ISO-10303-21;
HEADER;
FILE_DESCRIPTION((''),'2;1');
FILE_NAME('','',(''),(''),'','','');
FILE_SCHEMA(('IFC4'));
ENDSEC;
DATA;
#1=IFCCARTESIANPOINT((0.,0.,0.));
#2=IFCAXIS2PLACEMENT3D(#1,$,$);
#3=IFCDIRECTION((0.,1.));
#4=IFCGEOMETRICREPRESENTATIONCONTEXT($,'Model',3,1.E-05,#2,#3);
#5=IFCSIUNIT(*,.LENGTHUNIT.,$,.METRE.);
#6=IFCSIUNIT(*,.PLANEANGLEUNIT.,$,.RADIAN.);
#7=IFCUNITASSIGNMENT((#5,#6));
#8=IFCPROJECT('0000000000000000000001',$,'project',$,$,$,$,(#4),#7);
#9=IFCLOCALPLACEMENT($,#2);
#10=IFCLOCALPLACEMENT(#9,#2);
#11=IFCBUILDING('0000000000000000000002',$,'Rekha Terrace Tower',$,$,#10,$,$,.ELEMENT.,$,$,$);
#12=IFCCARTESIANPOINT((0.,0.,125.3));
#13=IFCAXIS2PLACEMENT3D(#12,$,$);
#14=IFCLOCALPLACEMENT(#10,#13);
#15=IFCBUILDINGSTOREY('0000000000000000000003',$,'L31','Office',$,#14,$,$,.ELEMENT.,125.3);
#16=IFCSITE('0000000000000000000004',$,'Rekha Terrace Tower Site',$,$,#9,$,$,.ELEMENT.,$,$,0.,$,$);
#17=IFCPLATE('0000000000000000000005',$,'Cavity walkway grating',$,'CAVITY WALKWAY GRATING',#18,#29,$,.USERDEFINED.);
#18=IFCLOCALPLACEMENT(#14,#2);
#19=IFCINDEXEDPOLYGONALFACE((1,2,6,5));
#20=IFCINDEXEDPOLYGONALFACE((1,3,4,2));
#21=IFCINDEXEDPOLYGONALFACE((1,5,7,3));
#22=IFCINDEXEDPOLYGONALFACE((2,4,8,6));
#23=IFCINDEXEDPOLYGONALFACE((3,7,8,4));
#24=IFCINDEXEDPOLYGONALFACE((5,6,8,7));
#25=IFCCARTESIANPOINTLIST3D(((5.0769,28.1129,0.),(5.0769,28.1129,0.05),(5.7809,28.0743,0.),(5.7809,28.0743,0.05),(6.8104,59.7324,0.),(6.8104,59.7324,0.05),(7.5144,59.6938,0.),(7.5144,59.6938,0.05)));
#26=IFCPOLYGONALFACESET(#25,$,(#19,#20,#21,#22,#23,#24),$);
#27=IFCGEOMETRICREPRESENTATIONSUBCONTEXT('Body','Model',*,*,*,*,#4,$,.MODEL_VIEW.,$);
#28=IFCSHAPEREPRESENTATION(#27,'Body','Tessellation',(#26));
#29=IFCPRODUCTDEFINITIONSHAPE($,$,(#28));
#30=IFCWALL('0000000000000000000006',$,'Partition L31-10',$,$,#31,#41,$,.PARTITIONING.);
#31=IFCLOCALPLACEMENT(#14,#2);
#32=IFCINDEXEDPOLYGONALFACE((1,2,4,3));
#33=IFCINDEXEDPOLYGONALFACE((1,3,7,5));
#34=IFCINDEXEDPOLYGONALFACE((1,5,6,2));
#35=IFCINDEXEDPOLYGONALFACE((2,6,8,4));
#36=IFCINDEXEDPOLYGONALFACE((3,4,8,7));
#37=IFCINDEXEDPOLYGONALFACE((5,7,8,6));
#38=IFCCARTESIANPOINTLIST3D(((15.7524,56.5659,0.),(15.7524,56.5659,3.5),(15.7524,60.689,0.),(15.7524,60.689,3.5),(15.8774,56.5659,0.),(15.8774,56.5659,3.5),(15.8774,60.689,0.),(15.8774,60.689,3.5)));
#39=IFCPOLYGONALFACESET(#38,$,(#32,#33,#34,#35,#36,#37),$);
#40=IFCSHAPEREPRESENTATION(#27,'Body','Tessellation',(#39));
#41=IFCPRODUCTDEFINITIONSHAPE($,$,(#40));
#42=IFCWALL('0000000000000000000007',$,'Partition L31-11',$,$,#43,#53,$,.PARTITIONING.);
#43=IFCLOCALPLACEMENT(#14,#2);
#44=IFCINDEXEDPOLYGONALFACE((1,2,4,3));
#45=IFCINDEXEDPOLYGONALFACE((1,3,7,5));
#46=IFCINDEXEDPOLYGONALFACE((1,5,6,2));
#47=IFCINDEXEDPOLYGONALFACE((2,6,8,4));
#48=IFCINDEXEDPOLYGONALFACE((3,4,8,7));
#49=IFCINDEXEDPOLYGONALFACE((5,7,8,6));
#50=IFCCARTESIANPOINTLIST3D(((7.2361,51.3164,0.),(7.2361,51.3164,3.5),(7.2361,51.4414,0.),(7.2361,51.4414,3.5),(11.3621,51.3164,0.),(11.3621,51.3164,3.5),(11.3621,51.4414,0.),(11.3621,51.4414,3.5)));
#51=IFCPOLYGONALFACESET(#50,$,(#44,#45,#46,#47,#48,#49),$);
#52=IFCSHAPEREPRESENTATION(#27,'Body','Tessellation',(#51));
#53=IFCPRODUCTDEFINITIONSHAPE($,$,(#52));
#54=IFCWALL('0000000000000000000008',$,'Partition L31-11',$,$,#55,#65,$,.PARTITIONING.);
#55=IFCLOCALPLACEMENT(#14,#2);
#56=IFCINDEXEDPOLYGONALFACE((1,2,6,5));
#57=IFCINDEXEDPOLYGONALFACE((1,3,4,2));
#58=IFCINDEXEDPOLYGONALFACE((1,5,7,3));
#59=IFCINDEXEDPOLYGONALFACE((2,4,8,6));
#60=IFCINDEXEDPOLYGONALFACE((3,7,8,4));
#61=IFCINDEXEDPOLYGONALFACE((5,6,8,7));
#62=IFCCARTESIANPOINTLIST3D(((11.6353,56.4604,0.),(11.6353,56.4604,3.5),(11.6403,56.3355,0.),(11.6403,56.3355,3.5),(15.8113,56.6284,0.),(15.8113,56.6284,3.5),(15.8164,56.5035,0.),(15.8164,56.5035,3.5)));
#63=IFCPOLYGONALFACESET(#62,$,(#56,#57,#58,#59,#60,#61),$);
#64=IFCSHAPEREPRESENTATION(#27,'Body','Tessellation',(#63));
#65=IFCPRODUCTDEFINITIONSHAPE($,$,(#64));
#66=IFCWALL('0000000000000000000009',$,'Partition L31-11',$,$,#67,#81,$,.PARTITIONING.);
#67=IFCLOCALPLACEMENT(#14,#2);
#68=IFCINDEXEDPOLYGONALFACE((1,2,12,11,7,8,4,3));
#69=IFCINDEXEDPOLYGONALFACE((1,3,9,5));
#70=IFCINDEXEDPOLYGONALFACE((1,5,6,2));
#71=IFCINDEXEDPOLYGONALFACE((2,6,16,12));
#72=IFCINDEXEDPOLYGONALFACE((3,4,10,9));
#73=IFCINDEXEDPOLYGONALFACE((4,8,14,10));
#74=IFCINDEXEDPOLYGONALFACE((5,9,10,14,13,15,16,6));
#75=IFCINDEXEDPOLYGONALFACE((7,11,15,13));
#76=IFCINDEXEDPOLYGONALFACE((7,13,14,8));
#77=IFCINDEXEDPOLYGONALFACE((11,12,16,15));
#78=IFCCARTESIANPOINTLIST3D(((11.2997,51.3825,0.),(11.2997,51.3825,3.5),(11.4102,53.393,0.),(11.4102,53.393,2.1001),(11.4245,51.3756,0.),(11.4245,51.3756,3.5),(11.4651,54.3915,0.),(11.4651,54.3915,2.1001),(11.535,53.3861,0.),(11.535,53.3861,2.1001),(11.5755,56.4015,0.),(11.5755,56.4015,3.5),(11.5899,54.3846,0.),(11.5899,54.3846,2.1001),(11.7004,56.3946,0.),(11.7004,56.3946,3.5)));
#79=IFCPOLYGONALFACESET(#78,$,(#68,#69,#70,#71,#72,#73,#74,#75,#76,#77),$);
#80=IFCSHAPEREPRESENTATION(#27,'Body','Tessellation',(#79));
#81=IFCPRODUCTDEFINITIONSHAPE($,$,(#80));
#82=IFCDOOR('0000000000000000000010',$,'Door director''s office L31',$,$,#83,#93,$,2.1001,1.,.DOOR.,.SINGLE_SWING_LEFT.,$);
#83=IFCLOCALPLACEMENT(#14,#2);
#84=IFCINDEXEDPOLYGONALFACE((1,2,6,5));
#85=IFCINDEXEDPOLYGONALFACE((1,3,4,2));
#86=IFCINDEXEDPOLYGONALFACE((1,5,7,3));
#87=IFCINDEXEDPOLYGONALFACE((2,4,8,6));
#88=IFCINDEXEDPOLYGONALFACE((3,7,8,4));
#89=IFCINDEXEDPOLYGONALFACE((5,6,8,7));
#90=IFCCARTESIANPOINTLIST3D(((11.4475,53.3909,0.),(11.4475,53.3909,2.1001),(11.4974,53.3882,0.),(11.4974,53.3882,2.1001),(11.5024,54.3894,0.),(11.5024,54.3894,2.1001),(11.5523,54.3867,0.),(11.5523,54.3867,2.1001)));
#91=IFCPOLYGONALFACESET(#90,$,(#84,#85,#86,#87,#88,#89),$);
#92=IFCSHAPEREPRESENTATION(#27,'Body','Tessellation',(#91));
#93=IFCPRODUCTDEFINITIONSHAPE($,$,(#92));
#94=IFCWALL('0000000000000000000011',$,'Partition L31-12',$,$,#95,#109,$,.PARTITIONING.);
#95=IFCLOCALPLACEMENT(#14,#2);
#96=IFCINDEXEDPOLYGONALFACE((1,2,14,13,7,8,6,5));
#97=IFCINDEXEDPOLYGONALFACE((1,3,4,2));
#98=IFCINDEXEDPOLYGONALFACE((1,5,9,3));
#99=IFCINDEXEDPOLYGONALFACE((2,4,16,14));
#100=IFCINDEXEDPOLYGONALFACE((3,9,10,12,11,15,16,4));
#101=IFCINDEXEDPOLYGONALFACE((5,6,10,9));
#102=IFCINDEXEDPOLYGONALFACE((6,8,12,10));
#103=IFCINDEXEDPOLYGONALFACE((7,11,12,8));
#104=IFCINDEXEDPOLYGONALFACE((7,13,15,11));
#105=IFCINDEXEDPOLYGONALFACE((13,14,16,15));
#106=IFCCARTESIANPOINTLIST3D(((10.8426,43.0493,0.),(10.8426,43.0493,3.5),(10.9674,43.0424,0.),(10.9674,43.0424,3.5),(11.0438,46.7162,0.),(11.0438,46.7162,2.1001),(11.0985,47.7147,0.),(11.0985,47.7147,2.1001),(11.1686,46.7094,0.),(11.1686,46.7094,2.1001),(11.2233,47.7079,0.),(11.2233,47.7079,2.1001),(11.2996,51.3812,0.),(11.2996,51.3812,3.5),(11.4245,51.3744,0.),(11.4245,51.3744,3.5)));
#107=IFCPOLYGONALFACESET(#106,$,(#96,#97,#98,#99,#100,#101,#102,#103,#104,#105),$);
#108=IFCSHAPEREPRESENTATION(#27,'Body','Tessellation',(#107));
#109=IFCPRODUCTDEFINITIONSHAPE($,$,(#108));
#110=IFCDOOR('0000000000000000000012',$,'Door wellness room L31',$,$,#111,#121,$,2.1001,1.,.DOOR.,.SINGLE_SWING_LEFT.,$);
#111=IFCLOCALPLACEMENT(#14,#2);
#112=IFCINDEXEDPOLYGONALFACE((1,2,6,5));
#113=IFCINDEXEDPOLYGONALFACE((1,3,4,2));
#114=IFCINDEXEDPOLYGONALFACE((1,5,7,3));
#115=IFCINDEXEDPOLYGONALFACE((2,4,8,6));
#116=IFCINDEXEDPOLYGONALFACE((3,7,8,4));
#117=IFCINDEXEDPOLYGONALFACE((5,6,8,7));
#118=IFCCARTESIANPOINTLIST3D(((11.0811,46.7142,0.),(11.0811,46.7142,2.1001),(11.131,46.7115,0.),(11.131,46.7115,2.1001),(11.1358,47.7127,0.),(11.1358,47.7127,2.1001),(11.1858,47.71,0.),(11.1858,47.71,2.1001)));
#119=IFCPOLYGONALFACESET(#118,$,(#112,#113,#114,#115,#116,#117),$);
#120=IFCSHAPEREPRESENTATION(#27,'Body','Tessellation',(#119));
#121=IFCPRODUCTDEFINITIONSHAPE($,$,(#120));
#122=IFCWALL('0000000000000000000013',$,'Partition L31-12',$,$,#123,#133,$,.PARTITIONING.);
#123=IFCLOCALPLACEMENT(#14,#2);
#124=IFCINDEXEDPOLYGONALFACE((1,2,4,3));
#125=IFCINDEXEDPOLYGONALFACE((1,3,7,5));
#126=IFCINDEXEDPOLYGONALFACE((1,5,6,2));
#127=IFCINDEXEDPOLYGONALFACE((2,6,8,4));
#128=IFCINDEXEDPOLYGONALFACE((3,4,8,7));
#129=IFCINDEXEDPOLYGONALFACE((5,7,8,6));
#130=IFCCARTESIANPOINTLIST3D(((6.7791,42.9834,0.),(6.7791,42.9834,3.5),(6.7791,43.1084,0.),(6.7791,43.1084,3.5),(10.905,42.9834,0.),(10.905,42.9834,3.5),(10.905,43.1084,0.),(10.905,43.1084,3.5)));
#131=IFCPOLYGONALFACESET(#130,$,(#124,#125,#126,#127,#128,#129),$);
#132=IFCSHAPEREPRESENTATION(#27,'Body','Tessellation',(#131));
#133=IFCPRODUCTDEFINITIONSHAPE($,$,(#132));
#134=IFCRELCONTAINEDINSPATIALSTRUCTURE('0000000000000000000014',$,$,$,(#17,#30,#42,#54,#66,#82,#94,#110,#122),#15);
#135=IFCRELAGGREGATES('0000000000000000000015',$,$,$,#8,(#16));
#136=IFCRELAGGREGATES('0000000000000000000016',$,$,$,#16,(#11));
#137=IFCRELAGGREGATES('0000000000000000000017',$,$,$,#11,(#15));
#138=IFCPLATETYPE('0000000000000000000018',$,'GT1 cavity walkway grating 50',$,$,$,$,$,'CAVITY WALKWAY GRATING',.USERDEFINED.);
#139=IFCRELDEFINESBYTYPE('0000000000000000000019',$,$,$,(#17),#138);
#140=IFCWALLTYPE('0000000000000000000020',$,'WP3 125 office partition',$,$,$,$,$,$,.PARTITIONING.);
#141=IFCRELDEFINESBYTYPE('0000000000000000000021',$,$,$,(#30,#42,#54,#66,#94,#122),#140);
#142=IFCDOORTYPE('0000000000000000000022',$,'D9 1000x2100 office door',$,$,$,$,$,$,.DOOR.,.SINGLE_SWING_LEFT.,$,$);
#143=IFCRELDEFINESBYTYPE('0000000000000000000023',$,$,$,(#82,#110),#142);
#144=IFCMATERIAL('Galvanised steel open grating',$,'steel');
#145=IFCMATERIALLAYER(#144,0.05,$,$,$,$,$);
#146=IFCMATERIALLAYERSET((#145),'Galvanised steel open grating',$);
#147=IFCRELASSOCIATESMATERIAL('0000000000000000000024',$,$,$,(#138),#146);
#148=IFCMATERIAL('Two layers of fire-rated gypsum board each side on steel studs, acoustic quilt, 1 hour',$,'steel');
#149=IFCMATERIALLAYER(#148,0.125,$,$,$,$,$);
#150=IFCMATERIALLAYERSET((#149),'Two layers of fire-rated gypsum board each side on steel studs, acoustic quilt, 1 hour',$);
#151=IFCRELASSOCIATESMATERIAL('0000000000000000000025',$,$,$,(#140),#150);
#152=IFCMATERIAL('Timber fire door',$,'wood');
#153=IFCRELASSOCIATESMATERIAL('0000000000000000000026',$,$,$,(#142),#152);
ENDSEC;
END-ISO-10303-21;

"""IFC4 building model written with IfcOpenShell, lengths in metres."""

from ifc_helpers import new_model, si_unit, direction, frame, frame_2d, origin, origin_2d, place, context, subcontext, project, spatial, rectangle, extrude, material, layer, layer_set, type_object, element, fill, save


model = new_model("IFC4")

# Units and contexts
model_context = context("Model", 3, precision=1e-05, world=origin(), true_north=direction((0.0, 1.0)))
body_context = subcontext(model_context, "Body", "Model", "MODEL_VIEW")
ifc_project = project(units=[si_unit("LENGTHUNIT", "METRE"), si_unit("PLANEANGLEUNIT", "RADIAN")], contexts=[model_context])

# Site, building, storey
site_placement = place(None, origin())
site = spatial("IfcSite", under=ifc_project, at=site_placement, Name="Rekha Terrace Tower Site", CompositionType="ELEMENT", RefElevation=0.0)
building_placement = place(site_placement, origin())
building = spatial("IfcBuilding", under=site, at=building_placement, Name="Rekha Terrace Tower", CompositionType="ELEMENT")
storey_placement = place(building_placement, frame((0.0, 0.0, 125.3)))
storey = spatial("IfcBuildingStorey", under=building, at=storey_placement, Name="L31", Description="Office", CompositionType="ELEMENT", Elevation=125.3)

# Plate
ifc_material_1 = material(Name="Galvanised steel open grating", Category="steel")
ifc_layer_1 = layer(ifc_material_1, 0.05)
ifc_layer_set_1 = layer_set([ifc_layer_1], Name="Galvanised steel open grating")
plate_type_1 = type_object("IfcPlateType", Name="GT1 cavity walkway grating 50", ElementType="CAVITY WALKWAY GRATING", PredefinedType="USERDEFINED", material=ifc_layer_set_1)
plate_1_placement = place(storey_placement, frame((6.2957, 43.9033, 0.0), z_axis=(0.0, 0.0, 1.0), x_axis=(-0.054742, -0.998501, 0.0)))
element("IfcPlate", 1, at=plate_1_placement, inside=storey, type_object=plate_type_1, Name="Cavity walkway grating", ObjectType="CAVITY WALKWAY GRATING", PredefinedType="USERDEFINED", context=body_context, shape_type="SweptSolid", body=[
    extrude(rectangle(XDim=31.667, YDim=0.7051, at=origin_2d()), origin(), (0.0, 0.0, 1.0), 0.05),
])

# Walls
ifc_material_2 = material(Name="Two layers of fire-rated gypsum board each side on steel studs, acoustic quilt, 1 hour", Category="steel")
ifc_layer_2 = layer(ifc_material_2, 0.125)
ifc_layer_set_2 = layer_set([ifc_layer_2], Name="Two layers of fire-rated gypsum board each side on steel studs, acoustic quilt, 1 hour")
wall_type = type_object("IfcWallType", Name="WP3 125 office partition", PredefinedType="PARTITIONING", material=ifc_layer_set_2)
wall_1_placement = place(storey_placement, frame((15.8149, 56.5659, 0.0), z_axis=(0.0, 0.0, 1.0), x_axis=(0.0, 1.0, 0.0)))
element("IfcWall", 2, at=wall_1_placement, inside=storey, type_object=wall_type, Name="Partition L31-10", PredefinedType="PARTITIONING", context=body_context, shape_type="SweptSolid", body=[
    extrude(rectangle(XDim=4.123, YDim=0.125, at=frame_2d((2.0615, 0.0))), origin(), (0.0, 0.0, 1.0), 3.5),
])
wall_2_placement = place(storey_placement, frame((11.3621, 51.3789, 0.0), z_axis=(0.0, 0.0, 1.0), x_axis=(-1.0, 0.0, 0.0)))
element("IfcWall", 3, at=wall_2_placement, inside=storey, type_object=wall_type, Name="Partition L31-11", PredefinedType="PARTITIONING", context=body_context, shape_type="SweptSolid", body=[
    extrude(rectangle(XDim=4.126, YDim=0.125, at=frame_2d((2.063, 0.0))), origin(), (0.0, 0.0, 1.0), 3.5),
])
wall_3_placement = place(storey_placement, frame((15.814, 56.5659, 0.0), z_axis=(0.0, 0.0, 1.0), x_axis=(-0.999192, -0.04019, 0.0)))
element("IfcWall", 4, at=wall_3_placement, inside=storey, type_object=wall_type, Name="Partition L31-11", PredefinedType="PARTITIONING", context=body_context, shape_type="SweptSolid", body=[
    extrude(rectangle(XDim=4.1794, YDim=0.125, at=frame_2d((2.0898, 0.0))), origin(), (0.0, 0.0, 1.0), 3.5),
])

# Walls, openings, doors
wall_4_placement = place(storey_placement, frame((11.6379, 56.3979, 0.0), z_axis=(0.0, 0.0, 1.0), x_axis=(-0.054884, -0.998493, 0.0)))
wall_4 = element("IfcWall", 5, at=wall_4_placement, inside=storey, type_object=wall_type, Name="Partition L31-11", PredefinedType="PARTITIONING", context=body_context, shape_type="SweptSolid", body=[
    extrude(rectangle(XDim=5.0266, YDim=0.125, at=frame_2d((2.5132, 0.0))), origin(), (0.0, 0.0, 1.0), 3.5),
])
opening_1_placement = place(wall_4_placement, frame((2.0129, 0.0, 0.0)))
opening_1 = element("IfcOpeningElement", 6, at=opening_1_placement, cuts=wall_4, PredefinedType="OPENING", context=body_context, shape_type="SweptSolid", body=[
    extrude(rectangle(XDim=1.0, YDim=2.1001, at=frame_2d((0.5, 1.05))), frame((0.0, 0.0725, 0.0), z_axis=(0.0, -1.0, 0.0), x_axis=(1.0, 0.0, 0.0)), (0.0, 0.0, 1.0), 0.145),
])
ifc_material_3 = material(Name="Timber fire door", Category="wood")
door_type = type_object("IfcDoorType", Name="D9 1000x2100 office door", OperationType="SINGLE_SWING_LEFT", PredefinedType="DOOR", material=ifc_material_3)
door_1_placement = place(opening_1_placement, origin())
door_1 = element("IfcDoor", 7, at=door_1_placement, inside=storey, type_object=door_type, Name="Door director's office L31", OperationType="SINGLE_SWING_LEFT", OverallHeight=2.1001, OverallWidth=1.0, PredefinedType="DOOR", context=body_context, shape_type="SweptSolid", body=[
    extrude(rectangle(XDim=1.0, YDim=2.1001, at=frame_2d((0.5, 1.05))), frame((0.0, 0.0249, 0.0), z_axis=(0.0, -1.0, 0.0), x_axis=(1.0, 0.0, 0.0)), (0.0, 0.0, 1.0), 0.05),
])
fill(opening_1, door_1)
wall_5_placement = place(storey_placement, frame((11.3621, 51.3779, 0.0), z_axis=(0.0, 0.0, 1.0), x_axis=(-0.05477, -0.998499, 0.0)))
wall_5 = element("IfcWall", 8, at=wall_5_placement, inside=storey, type_object=wall_type, Name="Partition L31-12", PredefinedType="PARTITIONING", context=body_context, shape_type="SweptSolid", body=[
    extrude(rectangle(XDim=8.3445, YDim=0.125, at=frame_2d((4.1724, 0.0))), origin(), (0.0, 0.0, 1.0), 3.5),
])
opening_2_placement = place(wall_5_placement, frame((3.6721, 0.0, 0.0)))
opening_2 = element("IfcOpeningElement", 9, at=opening_2_placement, cuts=wall_5, PredefinedType="OPENING", context=body_context, shape_type="SweptSolid", body=[
    extrude(rectangle(XDim=1.0, YDim=2.1001, at=frame_2d((0.5, 1.05))), frame((0.0, 0.0725, 0.0), z_axis=(0.0, -1.0, 0.0), x_axis=(1.0, 0.0, 0.0)), (0.0, 0.0, 1.0), 0.145),
])
door_2_placement = place(opening_2_placement, origin())
door_2 = element("IfcDoor", 10, at=door_2_placement, inside=storey, type_object=door_type, Name="Door wellness room L31", OperationType="SINGLE_SWING_LEFT", OverallHeight=2.1001, OverallWidth=1.0, PredefinedType="DOOR", context=body_context, shape_type="SweptSolid", body=[
    extrude(rectangle(XDim=1.0, YDim=2.1001, at=frame_2d((0.5, 1.05))), frame((0.0, 0.0249, 0.0), z_axis=(0.0, -1.0, 0.0), x_axis=(1.0, 0.0, 0.0)), (0.0, 0.0, 1.0), 0.05),
])
fill(opening_2, door_2)

# Wall
wall_6_placement = place(storey_placement, frame((10.905, 43.0459, 0.0), z_axis=(0.0, 0.0, 1.0), x_axis=(-1.0, 0.0, 0.0)))
element("IfcWall", 11, at=wall_6_placement, inside=storey, type_object=wall_type, Name="Partition L31-12", PredefinedType="PARTITIONING", context=body_context, shape_type="SweptSolid", body=[
    extrude(rectangle(XDim=4.126, YDim=0.125, at=frame_2d((2.063, 0.0))), origin(), (0.0, 0.0, 1.0), 3.5),
])

save(model, "model.ifc")
